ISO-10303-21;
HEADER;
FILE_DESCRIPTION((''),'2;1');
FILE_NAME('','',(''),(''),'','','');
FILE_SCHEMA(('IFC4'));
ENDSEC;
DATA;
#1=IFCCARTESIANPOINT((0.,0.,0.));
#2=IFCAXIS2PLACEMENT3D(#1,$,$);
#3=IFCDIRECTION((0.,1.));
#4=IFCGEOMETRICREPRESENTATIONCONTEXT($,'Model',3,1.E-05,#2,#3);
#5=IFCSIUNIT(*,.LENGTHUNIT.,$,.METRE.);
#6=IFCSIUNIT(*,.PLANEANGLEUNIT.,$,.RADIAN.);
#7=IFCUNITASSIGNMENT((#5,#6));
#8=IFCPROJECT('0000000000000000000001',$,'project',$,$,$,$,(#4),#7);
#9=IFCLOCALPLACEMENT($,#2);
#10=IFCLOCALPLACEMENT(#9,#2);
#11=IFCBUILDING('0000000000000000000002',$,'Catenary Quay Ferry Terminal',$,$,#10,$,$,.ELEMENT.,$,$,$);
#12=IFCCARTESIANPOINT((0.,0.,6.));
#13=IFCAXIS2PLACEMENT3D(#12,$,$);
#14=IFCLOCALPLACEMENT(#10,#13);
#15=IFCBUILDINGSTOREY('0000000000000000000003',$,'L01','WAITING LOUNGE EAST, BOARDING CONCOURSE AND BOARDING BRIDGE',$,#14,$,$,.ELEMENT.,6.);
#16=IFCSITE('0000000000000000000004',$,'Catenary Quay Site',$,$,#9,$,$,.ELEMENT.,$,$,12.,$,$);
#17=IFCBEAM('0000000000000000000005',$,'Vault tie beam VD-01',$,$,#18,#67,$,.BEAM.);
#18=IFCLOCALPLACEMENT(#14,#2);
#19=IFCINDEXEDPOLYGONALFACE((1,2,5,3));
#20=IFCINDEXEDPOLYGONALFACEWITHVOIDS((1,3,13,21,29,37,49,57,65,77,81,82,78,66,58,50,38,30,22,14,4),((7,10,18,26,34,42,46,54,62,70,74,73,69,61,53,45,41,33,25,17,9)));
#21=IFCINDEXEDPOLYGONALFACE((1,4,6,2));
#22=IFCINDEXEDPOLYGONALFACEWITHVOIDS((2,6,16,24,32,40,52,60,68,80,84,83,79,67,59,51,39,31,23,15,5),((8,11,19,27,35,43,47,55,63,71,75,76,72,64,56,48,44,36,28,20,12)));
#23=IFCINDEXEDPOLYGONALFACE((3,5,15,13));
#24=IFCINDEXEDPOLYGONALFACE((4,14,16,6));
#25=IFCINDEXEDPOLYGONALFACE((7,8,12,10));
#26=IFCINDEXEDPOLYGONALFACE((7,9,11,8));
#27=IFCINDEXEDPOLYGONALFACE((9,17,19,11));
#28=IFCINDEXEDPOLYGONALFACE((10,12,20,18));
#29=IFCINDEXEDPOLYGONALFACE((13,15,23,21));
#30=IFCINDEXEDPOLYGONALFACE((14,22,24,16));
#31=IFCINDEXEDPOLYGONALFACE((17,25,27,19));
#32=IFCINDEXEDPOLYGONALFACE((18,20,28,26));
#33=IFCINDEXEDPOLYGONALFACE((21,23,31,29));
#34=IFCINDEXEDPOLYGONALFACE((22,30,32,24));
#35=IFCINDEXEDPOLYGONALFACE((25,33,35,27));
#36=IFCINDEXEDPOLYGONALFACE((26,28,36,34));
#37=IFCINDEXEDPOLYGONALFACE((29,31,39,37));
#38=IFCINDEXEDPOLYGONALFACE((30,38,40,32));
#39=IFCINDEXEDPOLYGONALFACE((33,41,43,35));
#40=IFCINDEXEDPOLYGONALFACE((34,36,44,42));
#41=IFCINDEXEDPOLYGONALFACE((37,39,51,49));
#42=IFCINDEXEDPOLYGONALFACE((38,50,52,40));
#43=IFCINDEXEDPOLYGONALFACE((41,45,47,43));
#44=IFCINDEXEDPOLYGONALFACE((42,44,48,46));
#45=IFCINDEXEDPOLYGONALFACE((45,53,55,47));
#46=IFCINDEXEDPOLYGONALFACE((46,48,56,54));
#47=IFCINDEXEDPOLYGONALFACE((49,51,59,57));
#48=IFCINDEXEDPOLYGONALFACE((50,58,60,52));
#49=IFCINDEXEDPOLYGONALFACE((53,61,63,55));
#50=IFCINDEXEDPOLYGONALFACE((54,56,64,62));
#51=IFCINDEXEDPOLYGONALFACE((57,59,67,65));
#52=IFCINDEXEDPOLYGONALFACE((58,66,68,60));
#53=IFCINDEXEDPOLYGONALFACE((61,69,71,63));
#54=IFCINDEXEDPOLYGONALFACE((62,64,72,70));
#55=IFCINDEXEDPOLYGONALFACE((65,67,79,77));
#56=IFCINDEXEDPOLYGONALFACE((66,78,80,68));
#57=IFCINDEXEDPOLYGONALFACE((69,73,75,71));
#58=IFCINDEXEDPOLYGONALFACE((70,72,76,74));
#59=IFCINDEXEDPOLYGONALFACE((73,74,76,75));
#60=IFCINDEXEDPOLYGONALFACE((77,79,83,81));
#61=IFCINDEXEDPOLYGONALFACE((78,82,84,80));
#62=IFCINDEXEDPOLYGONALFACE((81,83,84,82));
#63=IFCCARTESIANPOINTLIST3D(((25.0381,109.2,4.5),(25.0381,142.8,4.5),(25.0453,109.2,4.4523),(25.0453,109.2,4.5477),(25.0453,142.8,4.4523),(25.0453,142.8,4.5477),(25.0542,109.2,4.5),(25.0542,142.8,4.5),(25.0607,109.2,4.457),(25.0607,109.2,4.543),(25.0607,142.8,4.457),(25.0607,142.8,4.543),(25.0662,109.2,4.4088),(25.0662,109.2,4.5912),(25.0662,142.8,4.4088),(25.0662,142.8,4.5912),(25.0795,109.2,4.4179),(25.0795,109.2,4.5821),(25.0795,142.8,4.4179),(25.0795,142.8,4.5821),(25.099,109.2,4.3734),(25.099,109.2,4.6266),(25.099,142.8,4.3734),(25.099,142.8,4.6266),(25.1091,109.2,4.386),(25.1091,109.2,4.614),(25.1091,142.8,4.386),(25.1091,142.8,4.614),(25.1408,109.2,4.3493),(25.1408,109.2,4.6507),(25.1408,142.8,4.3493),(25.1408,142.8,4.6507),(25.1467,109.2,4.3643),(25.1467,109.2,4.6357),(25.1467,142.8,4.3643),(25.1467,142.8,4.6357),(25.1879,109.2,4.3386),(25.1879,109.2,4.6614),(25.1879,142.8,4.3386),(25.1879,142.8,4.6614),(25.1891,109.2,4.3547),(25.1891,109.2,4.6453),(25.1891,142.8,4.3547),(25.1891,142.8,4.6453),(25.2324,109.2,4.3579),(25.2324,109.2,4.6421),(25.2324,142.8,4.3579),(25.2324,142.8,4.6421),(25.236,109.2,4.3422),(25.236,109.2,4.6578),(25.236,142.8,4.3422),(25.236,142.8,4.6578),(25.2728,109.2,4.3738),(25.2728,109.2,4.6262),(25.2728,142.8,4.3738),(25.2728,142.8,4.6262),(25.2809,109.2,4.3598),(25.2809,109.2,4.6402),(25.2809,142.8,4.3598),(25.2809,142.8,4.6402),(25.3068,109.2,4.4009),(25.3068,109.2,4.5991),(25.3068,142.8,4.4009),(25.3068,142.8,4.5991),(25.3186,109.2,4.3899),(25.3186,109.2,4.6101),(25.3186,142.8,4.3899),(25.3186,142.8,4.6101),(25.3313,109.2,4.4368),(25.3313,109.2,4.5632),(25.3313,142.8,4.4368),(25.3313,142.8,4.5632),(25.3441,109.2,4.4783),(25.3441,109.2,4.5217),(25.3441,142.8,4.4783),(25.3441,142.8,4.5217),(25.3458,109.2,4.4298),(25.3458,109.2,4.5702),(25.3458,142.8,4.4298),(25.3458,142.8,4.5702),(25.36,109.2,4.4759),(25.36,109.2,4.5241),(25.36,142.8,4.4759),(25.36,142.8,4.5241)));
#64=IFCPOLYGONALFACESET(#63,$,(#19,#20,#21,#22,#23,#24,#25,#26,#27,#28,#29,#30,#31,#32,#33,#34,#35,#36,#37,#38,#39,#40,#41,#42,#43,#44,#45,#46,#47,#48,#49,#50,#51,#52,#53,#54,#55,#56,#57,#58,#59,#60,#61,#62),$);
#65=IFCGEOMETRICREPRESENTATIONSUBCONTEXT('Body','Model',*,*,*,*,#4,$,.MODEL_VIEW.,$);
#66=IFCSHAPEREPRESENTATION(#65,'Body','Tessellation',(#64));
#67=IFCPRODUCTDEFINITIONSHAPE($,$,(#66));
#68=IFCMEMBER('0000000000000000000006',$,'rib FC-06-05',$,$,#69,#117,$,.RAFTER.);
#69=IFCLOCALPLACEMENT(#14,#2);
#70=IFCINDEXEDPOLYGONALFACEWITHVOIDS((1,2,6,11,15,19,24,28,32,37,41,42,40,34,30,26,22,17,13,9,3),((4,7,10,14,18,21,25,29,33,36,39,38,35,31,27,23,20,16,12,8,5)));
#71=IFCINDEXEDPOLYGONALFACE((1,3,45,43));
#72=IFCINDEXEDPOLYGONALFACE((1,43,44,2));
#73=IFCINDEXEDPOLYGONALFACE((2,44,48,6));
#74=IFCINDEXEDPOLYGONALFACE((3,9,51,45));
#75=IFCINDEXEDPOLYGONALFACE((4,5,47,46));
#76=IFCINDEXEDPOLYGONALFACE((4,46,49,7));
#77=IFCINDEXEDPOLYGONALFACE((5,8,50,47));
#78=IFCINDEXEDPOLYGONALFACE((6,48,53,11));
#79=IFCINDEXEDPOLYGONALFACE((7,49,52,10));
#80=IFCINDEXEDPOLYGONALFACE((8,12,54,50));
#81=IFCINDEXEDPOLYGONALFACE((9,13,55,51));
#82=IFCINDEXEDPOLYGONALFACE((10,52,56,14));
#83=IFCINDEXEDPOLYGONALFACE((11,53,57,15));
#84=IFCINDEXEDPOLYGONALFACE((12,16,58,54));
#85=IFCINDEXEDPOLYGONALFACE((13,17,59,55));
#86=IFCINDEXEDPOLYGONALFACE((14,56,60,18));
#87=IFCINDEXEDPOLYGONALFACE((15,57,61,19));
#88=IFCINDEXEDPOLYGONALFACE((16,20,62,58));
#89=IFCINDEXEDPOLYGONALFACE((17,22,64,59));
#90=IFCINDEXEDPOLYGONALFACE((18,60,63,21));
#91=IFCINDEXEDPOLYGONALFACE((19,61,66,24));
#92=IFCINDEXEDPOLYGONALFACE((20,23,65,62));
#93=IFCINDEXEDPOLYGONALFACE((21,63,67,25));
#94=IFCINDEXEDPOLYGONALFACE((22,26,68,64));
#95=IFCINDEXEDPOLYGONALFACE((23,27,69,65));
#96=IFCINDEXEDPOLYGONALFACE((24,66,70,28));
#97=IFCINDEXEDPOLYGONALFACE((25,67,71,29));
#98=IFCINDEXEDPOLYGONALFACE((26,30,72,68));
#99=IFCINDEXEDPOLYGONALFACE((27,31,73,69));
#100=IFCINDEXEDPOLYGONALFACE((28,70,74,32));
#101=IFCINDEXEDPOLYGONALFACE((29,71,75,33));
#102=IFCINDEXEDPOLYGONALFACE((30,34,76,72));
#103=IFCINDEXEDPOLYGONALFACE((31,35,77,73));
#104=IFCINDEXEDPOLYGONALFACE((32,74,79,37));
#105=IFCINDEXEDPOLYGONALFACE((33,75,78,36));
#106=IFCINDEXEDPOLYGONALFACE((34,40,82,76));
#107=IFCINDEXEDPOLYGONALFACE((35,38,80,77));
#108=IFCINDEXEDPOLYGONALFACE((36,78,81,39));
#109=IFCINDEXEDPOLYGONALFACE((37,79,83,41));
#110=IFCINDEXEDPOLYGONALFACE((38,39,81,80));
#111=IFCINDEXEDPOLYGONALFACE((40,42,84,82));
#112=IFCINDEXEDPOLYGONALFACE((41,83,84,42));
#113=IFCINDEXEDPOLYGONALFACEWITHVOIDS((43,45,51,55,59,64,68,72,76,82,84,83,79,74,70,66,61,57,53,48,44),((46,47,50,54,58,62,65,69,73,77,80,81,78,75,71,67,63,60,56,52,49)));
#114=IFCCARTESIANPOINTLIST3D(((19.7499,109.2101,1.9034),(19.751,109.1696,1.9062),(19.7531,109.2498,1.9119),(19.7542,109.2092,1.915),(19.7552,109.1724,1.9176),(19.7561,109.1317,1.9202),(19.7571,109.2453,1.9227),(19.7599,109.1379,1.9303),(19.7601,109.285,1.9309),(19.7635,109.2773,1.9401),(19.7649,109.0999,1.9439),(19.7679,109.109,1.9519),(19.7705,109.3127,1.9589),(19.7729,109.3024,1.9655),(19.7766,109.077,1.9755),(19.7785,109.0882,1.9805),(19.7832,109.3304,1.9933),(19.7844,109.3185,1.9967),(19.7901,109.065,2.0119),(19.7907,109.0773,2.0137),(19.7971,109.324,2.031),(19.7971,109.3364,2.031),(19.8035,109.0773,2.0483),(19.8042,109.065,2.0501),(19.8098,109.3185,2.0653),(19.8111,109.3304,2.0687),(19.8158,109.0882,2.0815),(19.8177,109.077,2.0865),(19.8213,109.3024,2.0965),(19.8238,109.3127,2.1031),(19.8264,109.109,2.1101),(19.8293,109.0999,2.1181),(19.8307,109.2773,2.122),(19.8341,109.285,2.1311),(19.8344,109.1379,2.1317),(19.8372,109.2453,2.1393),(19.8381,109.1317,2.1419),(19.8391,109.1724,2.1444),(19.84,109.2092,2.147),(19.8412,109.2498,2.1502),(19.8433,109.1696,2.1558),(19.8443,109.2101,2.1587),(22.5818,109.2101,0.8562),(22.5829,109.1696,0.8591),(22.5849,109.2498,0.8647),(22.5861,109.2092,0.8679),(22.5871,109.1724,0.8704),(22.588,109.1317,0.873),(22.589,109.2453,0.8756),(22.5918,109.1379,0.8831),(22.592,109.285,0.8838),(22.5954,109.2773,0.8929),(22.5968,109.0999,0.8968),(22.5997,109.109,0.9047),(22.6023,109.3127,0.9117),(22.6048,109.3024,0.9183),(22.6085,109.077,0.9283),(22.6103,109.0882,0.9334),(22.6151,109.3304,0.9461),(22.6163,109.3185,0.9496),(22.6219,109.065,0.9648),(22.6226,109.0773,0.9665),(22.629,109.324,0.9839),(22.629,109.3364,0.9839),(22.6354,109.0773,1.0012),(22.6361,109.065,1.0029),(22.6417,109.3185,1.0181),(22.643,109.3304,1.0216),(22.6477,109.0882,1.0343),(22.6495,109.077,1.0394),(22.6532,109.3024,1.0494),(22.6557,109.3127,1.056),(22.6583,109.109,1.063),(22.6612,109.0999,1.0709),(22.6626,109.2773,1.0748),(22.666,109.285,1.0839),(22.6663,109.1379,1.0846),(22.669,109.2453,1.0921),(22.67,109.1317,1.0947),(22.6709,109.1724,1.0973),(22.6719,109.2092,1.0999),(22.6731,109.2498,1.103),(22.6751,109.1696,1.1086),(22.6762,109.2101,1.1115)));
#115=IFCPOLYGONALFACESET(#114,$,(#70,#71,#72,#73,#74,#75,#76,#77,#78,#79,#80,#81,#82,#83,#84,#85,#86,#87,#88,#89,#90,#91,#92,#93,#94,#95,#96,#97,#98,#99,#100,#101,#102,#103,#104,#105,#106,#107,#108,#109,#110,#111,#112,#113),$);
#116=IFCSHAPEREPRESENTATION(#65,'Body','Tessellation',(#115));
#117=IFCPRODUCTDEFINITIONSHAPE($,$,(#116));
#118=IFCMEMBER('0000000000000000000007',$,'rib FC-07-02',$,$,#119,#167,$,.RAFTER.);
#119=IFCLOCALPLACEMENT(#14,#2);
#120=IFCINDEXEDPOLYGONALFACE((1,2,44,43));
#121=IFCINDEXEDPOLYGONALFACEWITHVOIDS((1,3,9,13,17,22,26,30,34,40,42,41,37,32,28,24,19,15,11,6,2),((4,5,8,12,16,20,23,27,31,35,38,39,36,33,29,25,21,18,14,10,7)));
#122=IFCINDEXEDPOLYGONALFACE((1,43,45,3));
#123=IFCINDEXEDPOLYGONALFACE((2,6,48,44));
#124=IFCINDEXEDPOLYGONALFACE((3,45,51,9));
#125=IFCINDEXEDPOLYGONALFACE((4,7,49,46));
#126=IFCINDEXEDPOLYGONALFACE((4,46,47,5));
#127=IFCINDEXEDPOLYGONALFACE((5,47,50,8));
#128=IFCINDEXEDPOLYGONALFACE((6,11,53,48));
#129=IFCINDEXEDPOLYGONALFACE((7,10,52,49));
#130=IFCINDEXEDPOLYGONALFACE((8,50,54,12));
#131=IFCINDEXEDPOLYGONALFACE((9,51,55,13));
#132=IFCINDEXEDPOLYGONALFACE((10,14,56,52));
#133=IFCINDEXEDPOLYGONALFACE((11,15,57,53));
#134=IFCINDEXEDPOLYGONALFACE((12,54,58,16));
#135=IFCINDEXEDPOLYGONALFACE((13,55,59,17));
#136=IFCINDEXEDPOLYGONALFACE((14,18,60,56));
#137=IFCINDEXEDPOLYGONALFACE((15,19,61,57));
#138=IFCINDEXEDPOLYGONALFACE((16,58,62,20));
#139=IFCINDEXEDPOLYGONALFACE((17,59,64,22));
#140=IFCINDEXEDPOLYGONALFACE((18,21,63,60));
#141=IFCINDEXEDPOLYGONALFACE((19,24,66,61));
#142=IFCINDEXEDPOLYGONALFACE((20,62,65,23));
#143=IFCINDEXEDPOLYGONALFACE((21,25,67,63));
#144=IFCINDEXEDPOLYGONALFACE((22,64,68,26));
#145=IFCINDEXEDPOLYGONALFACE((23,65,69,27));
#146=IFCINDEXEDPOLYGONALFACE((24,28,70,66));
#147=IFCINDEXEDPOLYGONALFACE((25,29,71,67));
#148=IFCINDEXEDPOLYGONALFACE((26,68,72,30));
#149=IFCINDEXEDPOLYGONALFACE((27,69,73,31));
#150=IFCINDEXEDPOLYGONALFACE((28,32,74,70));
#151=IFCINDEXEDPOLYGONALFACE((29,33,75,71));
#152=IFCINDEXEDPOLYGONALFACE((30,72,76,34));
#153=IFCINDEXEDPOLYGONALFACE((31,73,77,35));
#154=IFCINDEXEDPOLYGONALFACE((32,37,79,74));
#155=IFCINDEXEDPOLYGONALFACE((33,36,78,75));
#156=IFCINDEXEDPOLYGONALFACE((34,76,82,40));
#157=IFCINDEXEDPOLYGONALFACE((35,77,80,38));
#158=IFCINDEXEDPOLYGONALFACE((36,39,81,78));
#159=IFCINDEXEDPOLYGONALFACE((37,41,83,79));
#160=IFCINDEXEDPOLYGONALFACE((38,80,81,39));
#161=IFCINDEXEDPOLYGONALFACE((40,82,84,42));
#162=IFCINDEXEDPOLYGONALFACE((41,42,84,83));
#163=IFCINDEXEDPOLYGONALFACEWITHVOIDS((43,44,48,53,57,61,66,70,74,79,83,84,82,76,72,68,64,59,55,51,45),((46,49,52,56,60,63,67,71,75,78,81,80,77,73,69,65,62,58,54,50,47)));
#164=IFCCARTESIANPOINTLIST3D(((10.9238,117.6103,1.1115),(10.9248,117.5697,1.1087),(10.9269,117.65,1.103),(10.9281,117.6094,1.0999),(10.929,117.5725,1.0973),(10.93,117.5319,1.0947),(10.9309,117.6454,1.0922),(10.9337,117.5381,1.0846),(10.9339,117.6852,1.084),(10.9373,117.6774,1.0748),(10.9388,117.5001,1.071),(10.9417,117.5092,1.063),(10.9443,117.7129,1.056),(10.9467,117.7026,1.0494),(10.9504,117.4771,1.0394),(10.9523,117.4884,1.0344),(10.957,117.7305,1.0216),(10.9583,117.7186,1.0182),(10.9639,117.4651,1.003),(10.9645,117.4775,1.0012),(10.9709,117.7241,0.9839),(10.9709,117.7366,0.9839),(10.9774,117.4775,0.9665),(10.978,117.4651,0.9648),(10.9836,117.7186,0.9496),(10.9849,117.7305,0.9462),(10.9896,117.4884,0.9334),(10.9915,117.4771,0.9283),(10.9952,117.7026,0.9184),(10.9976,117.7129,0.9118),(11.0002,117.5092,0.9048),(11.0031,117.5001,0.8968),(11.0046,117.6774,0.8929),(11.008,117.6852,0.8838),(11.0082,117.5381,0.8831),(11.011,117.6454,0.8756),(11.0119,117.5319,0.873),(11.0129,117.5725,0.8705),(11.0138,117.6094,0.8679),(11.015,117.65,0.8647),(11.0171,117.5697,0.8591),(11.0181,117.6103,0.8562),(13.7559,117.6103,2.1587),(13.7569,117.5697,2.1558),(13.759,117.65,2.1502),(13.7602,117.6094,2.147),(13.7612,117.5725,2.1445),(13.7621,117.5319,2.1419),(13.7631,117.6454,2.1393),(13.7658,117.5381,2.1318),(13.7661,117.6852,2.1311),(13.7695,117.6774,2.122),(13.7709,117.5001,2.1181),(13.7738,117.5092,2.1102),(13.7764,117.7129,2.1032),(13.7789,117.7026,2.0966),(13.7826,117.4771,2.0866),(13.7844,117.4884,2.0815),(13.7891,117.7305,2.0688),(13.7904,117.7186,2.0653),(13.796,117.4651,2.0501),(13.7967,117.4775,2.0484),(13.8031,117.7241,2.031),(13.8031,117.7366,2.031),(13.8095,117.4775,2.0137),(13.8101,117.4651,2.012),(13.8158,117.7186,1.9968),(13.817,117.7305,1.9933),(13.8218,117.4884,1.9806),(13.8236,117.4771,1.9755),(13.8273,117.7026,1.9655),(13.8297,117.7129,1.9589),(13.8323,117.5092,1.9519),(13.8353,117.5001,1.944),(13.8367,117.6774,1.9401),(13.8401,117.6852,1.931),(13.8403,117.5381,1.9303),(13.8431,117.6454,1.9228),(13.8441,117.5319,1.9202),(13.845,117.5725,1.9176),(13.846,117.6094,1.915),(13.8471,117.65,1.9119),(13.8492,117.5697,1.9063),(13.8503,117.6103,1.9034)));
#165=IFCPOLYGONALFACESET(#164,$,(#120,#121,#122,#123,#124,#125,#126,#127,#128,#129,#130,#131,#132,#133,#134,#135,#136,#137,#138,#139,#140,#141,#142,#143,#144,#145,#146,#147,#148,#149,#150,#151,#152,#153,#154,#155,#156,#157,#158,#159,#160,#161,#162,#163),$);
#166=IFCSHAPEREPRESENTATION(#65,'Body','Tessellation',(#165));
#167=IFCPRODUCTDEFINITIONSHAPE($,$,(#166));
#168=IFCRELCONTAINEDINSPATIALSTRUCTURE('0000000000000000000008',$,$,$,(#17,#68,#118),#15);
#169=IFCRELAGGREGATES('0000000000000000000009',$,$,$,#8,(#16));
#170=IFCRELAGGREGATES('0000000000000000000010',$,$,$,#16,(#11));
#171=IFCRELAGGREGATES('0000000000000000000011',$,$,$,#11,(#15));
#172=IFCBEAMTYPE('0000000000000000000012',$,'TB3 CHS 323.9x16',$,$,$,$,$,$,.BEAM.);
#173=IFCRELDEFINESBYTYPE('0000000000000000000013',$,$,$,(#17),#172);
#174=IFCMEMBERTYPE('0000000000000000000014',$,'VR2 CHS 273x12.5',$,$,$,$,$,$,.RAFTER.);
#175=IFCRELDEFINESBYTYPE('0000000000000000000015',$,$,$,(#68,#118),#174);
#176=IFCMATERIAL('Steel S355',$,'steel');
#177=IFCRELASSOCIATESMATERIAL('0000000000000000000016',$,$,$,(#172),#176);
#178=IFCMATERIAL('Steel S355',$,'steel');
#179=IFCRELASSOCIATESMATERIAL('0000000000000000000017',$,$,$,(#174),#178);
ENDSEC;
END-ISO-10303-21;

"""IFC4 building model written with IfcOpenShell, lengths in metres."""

from ifc_helpers import new_model, si_unit, direction, frame, origin, origin_2d, place, context, subcontext, project, spatial, hollow_circle, extrude, material, material_profile, profile_set, type_object, element, save


model = new_model("IFC4")

# Units and contexts
model_context = context("Model", 3, precision=1e-05, world=origin(), true_north=direction((0.0, 1.0)))
body_context = subcontext(model_context, "Body", "Model", "MODEL_VIEW")
ifc_project = project(units=[si_unit("LENGTHUNIT", "METRE"), si_unit("PLANEANGLEUNIT", "RADIAN")], contexts=[model_context])

# Site, building, storey
site_placement = place(None, origin())
site = spatial("IfcSite", under=ifc_project, at=site_placement, Name="Catenary Quay Site", CompositionType="ELEMENT", RefElevation=12.0)
building_placement = place(site_placement, origin())
building = spatial("IfcBuilding", under=site, at=building_placement, Name="Catenary Quay Ferry Terminal", CompositionType="ELEMENT")
storey_placement = place(building_placement, frame((0.0, 0.0, 6.0)))
storey = spatial("IfcBuildingStorey", under=building, at=storey_placement, Name="L01", Description="WAITING LOUNGE EAST, BOARDING CONCOURSE AND BOARDING BRIDGE", CompositionType="ELEMENT", Elevation=6.0)

# Beam
ifc_material_1 = material(Name="Steel S355", Category="steel")
ifc_material_profile_1 = material_profile(ifc_material_1, hollow_circle(Radius=0.1619, WallThickness=0.0161, at=origin_2d()), Name="CHS 323.9x16")
ifc_profile_set_1 = profile_set([ifc_material_profile_1], Name="Steel S355")
beam_type_1 = type_object("IfcBeamType", Name="TB3 CHS 323.9x16", PredefinedType="BEAM", material=ifc_profile_set_1)
beam_placement = place(storey_placement, frame((25.2, 109.2, 4.5), z_axis=(0.0, 1.0, 0.0), x_axis=(-1.0, 0.0, 0.0)))
element("IfcBeam", 1, at=beam_placement, inside=storey, type_object=beam_type_1, Name="Vault tie beam VD-01", PredefinedType="BEAM", context=body_context, shape_type="SweptSolid", body=[
    extrude(hollow_circle(Radius=0.1619, WallThickness=0.0161, at=origin_2d()), origin(), (0.0, 0.0, 1.0), 33.6001),
])

# Members
ifc_material_2 = material(Name="Steel S355", Category="steel")
ifc_material_profile_2 = material_profile(ifc_material_2, hollow_circle(Radius=0.1365, WallThickness=0.0125, at=origin_2d()), Name="CHS 273x12.5")
ifc_profile_set_2 = profile_set([ifc_material_profile_2], Name="Steel S355")
member_type_1 = type_object("IfcMemberType", Name="VR2 CHS 273x12.5", PredefinedType="RAFTER", material=ifc_profile_set_2)
member_1_placement = place(storey_placement, frame((19.7971, 109.2, 2.031), z_axis=(0.937931, 0.0, -0.346822), x_axis=(0.0, 1.0, 0.0)))
element("IfcMember", 2, at=member_1_placement, inside=storey, type_object=member_type_1, Name="rib FC-06-05", PredefinedType="RAFTER", context=body_context, shape_type="SweptSolid", body=[
    extrude(hollow_circle(Radius=0.1365, WallThickness=0.0125, at=origin_2d()), origin(), (0.0, 0.0, 1.0), 3.0193),
])
member_2_placement = place(storey_placement, frame((10.9709, 117.6001, 0.9839), z_axis=(0.937941, 0.0, 0.346796), x_axis=(0.0, 1.0, 0.0)))
element("IfcMember", 3, at=member_2_placement, inside=storey, type_object=member_type_1, Name="rib FC-07-02", PredefinedType="RAFTER", context=body_context, shape_type="SweptSolid", body=[
    extrude(hollow_circle(Radius=0.1365, WallThickness=0.0125, at=origin_2d()), origin(), (0.0, 0.0, 1.0), 3.0195),
])

save(model, "model.ifc")
